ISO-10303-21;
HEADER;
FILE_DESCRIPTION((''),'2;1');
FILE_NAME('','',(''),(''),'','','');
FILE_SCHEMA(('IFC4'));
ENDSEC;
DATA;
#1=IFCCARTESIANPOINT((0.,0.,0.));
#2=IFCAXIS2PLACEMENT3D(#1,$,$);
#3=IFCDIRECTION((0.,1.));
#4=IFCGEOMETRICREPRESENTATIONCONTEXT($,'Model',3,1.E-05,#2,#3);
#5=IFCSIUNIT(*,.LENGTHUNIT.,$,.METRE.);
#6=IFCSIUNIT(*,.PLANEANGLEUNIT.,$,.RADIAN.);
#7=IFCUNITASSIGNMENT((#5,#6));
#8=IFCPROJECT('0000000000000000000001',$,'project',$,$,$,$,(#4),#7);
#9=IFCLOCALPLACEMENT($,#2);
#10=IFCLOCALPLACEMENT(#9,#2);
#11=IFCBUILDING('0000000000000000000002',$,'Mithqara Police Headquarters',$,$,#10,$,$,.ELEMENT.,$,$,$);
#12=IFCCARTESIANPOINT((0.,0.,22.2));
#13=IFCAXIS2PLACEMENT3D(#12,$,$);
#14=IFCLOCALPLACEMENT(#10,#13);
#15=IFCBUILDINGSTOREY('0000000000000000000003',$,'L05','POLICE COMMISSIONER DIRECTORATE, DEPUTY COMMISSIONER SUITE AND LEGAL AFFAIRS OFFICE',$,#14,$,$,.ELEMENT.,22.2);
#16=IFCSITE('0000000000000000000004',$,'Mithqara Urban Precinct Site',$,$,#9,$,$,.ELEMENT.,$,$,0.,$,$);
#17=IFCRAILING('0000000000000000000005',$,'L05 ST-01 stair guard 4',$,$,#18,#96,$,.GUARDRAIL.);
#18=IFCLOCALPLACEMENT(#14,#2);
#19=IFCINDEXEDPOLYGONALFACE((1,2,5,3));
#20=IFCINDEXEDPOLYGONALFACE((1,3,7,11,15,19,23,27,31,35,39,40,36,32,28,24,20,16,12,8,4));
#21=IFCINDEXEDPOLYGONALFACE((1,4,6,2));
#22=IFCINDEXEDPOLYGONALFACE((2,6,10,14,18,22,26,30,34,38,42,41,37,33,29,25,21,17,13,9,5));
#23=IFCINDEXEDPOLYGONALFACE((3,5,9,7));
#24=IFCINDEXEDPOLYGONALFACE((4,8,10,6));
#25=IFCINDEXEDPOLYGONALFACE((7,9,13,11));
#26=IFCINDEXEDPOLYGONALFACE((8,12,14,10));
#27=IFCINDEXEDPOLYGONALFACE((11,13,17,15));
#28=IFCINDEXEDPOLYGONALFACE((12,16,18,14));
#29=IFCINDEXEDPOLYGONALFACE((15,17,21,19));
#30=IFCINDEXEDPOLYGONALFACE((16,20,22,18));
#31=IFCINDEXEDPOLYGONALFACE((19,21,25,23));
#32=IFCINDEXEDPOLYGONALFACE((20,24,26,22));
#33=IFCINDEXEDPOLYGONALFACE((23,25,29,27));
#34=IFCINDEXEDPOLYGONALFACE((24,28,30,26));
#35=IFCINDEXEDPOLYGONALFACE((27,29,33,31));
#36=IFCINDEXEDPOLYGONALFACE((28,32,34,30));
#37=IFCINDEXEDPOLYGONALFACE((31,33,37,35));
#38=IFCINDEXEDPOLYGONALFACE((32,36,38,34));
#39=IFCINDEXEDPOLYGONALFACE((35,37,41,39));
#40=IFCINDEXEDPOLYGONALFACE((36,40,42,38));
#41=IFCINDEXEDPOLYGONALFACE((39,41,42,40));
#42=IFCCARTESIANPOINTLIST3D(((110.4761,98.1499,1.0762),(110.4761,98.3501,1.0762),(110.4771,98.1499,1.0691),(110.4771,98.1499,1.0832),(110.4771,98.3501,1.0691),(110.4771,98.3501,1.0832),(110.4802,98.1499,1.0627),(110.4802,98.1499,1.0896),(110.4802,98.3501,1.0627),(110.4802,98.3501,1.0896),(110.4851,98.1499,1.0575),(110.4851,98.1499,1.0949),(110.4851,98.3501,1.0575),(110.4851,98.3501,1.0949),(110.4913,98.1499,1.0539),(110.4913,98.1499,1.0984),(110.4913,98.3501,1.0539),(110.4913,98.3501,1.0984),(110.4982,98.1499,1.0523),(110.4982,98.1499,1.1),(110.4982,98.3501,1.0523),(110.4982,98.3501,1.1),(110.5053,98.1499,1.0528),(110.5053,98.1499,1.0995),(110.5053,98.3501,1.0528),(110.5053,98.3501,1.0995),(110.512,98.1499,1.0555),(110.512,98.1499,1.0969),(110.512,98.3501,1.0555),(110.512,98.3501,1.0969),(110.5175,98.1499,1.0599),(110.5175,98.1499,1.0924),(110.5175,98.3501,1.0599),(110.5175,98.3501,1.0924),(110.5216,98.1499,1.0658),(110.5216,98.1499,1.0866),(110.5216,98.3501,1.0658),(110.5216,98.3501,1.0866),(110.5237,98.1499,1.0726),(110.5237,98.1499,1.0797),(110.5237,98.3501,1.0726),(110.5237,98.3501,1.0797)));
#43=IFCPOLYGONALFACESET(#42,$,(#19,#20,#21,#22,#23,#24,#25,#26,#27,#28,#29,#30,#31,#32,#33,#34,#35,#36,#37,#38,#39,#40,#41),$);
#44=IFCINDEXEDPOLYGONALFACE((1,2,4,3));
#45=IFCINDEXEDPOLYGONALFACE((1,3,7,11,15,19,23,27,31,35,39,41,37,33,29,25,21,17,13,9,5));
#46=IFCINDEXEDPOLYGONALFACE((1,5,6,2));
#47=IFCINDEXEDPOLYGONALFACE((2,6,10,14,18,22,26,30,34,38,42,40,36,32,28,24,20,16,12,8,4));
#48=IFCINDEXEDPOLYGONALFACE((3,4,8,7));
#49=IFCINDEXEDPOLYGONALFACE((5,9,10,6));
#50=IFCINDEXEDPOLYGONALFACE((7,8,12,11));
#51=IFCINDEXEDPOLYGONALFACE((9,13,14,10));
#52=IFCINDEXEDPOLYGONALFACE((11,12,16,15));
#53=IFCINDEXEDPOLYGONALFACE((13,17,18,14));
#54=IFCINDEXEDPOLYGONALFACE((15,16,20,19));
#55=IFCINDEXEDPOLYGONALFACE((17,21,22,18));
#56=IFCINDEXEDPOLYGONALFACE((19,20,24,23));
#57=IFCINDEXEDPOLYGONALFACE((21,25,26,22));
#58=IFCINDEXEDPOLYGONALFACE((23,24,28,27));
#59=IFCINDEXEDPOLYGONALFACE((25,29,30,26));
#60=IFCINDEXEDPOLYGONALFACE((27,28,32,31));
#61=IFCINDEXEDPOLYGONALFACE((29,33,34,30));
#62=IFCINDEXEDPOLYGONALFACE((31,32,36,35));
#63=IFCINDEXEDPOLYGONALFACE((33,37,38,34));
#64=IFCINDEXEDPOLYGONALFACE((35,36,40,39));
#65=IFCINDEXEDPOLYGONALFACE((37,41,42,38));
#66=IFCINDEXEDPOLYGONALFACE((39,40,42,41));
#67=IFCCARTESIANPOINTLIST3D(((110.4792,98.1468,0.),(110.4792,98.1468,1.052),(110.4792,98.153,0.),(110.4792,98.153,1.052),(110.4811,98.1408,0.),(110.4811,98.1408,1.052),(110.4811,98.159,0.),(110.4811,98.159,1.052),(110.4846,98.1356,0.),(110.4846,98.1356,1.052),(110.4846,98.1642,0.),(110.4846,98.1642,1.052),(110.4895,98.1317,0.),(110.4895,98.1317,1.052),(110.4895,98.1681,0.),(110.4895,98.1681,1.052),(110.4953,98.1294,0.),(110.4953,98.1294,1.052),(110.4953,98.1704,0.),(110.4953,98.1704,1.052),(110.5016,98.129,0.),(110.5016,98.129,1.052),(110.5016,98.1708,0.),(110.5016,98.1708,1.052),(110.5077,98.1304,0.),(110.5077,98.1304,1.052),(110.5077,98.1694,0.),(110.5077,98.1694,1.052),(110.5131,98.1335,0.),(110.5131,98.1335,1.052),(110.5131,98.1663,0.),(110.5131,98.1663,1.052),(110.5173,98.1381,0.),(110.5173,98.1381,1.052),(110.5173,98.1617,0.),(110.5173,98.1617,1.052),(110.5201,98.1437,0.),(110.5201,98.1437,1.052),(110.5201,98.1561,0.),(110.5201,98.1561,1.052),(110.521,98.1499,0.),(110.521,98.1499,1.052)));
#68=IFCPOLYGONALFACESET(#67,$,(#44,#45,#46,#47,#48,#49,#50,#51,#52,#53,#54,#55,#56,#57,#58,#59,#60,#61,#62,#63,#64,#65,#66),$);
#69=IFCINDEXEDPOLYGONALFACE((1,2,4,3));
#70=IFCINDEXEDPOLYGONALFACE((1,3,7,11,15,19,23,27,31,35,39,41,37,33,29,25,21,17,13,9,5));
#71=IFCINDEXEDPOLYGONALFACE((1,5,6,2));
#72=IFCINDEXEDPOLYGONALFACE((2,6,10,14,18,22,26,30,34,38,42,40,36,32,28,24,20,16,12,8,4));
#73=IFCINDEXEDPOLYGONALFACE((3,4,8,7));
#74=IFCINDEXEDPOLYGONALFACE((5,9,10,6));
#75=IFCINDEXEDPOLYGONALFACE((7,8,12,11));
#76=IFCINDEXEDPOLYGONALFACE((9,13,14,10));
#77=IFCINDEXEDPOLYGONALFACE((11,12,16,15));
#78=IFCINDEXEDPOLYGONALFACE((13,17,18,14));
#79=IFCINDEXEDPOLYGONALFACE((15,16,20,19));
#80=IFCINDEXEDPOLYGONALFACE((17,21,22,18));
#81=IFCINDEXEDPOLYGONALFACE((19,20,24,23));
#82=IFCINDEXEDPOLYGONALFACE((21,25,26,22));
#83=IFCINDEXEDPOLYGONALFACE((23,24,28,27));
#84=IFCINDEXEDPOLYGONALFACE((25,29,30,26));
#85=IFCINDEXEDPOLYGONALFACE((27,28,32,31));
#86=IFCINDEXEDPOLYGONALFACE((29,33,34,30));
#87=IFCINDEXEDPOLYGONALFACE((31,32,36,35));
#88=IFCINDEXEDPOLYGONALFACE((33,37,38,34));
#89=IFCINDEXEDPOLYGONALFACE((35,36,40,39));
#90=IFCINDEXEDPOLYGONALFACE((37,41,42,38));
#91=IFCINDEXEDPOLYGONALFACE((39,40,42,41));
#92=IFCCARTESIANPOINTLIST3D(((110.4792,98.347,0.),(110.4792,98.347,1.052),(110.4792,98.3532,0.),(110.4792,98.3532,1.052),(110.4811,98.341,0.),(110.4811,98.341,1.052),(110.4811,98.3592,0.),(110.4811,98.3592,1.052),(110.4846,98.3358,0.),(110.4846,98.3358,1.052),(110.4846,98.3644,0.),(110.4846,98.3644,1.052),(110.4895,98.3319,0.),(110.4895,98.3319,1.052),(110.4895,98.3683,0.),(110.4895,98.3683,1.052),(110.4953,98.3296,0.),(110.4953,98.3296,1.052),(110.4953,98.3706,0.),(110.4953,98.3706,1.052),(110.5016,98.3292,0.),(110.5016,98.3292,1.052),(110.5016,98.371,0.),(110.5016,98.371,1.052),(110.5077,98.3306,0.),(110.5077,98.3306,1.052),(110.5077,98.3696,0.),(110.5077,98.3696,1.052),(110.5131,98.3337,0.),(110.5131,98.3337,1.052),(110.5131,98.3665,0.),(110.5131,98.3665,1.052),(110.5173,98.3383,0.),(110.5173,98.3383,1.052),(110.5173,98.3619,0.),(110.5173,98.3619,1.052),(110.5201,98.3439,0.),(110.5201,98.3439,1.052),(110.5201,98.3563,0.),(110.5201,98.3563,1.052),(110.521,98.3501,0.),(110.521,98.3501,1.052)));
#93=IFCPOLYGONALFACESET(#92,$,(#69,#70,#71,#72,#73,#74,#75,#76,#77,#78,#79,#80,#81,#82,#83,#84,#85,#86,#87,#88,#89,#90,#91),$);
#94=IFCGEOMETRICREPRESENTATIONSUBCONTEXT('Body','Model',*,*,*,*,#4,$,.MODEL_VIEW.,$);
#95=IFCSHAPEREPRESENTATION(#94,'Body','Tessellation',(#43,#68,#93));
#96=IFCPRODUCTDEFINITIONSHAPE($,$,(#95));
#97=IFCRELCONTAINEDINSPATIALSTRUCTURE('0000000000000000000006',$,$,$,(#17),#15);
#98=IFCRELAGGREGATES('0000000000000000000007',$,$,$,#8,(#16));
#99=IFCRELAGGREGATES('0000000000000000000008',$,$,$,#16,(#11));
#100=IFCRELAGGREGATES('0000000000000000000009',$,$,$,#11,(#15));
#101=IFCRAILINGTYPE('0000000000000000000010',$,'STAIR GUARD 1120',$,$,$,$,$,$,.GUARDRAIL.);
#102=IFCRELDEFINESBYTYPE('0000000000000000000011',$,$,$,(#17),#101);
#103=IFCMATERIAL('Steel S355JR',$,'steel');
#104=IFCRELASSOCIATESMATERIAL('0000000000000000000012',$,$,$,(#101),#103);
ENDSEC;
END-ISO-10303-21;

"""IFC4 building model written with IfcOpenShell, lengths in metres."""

from ifc_helpers import new_model, si_unit, direction, frame, origin, origin_2d, place, context, subcontext, project, spatial, circle, extrude, material, type_object, element, save


model = new_model("IFC4")

# Units and contexts
model_context = context("Model", 3, precision=1e-05, world=origin(), true_north=direction((0.0, 1.0)))
body_context = subcontext(model_context, "Body", "Model", "MODEL_VIEW")
ifc_project = project(units=[si_unit("LENGTHUNIT", "METRE"), si_unit("PLANEANGLEUNIT", "RADIAN")], contexts=[model_context])

# Site, building, storey
site_placement = place(None, origin())
site = spatial("IfcSite", under=ifc_project, at=site_placement, Name="Mithqara Urban Precinct Site", CompositionType="ELEMENT", RefElevation=0.0)
building_placement = place(site_placement, origin())
building = spatial("IfcBuilding", under=site, at=building_placement, Name="Mithqara Police Headquarters", CompositionType="ELEMENT")
storey_placement = place(building_placement, frame((0.0, 0.0, 22.2)))
storey = spatial("IfcBuildingStorey", under=building, at=storey_placement, Name="L05", Description="POLICE COMMISSIONER DIRECTORATE, DEPUTY COMMISSIONER SUITE AND LEGAL AFFAIRS OFFICE", CompositionType="ELEMENT", Elevation=22.2)

# Shared definitions
ifc_material_1 = material(Name="Steel S355JR", Category="steel")

# Railing
railing_type_1 = type_object("IfcRailingType", Name="STAIR GUARD 1120", PredefinedType="GUARDRAIL", material=ifc_material_1)
railing_1_placement = place(storey_placement, frame((110.5, 98.1499, 0.0)))
element("IfcRailing", 1, at=railing_1_placement, inside=storey, type_object=railing_type_1, Name="L05 ST-01 stair guard 4", PredefinedType="GUARDRAIL", context=body_context, shape_type="SweptSolid", body=[
    extrude(circle(Radius=0.0239, at=origin_2d()), frame((0.0, 0.0, 1.0762), z_axis=(0.0, 1.0, 0.0), x_axis=(-1.0, 0.0, 0.0)), (0.0, 0.0, 1.0), 0.2002),
    extrude(circle(Radius=0.021, at=origin_2d()), origin(), (0.0, 0.0, 1.0), 1.052),
    extrude(circle(Radius=0.021, at=origin_2d()), frame((0.0, 0.2002, 0.0)), (0.0, 0.0, 1.0), 1.052),
])

save(model, "model.ifc")
